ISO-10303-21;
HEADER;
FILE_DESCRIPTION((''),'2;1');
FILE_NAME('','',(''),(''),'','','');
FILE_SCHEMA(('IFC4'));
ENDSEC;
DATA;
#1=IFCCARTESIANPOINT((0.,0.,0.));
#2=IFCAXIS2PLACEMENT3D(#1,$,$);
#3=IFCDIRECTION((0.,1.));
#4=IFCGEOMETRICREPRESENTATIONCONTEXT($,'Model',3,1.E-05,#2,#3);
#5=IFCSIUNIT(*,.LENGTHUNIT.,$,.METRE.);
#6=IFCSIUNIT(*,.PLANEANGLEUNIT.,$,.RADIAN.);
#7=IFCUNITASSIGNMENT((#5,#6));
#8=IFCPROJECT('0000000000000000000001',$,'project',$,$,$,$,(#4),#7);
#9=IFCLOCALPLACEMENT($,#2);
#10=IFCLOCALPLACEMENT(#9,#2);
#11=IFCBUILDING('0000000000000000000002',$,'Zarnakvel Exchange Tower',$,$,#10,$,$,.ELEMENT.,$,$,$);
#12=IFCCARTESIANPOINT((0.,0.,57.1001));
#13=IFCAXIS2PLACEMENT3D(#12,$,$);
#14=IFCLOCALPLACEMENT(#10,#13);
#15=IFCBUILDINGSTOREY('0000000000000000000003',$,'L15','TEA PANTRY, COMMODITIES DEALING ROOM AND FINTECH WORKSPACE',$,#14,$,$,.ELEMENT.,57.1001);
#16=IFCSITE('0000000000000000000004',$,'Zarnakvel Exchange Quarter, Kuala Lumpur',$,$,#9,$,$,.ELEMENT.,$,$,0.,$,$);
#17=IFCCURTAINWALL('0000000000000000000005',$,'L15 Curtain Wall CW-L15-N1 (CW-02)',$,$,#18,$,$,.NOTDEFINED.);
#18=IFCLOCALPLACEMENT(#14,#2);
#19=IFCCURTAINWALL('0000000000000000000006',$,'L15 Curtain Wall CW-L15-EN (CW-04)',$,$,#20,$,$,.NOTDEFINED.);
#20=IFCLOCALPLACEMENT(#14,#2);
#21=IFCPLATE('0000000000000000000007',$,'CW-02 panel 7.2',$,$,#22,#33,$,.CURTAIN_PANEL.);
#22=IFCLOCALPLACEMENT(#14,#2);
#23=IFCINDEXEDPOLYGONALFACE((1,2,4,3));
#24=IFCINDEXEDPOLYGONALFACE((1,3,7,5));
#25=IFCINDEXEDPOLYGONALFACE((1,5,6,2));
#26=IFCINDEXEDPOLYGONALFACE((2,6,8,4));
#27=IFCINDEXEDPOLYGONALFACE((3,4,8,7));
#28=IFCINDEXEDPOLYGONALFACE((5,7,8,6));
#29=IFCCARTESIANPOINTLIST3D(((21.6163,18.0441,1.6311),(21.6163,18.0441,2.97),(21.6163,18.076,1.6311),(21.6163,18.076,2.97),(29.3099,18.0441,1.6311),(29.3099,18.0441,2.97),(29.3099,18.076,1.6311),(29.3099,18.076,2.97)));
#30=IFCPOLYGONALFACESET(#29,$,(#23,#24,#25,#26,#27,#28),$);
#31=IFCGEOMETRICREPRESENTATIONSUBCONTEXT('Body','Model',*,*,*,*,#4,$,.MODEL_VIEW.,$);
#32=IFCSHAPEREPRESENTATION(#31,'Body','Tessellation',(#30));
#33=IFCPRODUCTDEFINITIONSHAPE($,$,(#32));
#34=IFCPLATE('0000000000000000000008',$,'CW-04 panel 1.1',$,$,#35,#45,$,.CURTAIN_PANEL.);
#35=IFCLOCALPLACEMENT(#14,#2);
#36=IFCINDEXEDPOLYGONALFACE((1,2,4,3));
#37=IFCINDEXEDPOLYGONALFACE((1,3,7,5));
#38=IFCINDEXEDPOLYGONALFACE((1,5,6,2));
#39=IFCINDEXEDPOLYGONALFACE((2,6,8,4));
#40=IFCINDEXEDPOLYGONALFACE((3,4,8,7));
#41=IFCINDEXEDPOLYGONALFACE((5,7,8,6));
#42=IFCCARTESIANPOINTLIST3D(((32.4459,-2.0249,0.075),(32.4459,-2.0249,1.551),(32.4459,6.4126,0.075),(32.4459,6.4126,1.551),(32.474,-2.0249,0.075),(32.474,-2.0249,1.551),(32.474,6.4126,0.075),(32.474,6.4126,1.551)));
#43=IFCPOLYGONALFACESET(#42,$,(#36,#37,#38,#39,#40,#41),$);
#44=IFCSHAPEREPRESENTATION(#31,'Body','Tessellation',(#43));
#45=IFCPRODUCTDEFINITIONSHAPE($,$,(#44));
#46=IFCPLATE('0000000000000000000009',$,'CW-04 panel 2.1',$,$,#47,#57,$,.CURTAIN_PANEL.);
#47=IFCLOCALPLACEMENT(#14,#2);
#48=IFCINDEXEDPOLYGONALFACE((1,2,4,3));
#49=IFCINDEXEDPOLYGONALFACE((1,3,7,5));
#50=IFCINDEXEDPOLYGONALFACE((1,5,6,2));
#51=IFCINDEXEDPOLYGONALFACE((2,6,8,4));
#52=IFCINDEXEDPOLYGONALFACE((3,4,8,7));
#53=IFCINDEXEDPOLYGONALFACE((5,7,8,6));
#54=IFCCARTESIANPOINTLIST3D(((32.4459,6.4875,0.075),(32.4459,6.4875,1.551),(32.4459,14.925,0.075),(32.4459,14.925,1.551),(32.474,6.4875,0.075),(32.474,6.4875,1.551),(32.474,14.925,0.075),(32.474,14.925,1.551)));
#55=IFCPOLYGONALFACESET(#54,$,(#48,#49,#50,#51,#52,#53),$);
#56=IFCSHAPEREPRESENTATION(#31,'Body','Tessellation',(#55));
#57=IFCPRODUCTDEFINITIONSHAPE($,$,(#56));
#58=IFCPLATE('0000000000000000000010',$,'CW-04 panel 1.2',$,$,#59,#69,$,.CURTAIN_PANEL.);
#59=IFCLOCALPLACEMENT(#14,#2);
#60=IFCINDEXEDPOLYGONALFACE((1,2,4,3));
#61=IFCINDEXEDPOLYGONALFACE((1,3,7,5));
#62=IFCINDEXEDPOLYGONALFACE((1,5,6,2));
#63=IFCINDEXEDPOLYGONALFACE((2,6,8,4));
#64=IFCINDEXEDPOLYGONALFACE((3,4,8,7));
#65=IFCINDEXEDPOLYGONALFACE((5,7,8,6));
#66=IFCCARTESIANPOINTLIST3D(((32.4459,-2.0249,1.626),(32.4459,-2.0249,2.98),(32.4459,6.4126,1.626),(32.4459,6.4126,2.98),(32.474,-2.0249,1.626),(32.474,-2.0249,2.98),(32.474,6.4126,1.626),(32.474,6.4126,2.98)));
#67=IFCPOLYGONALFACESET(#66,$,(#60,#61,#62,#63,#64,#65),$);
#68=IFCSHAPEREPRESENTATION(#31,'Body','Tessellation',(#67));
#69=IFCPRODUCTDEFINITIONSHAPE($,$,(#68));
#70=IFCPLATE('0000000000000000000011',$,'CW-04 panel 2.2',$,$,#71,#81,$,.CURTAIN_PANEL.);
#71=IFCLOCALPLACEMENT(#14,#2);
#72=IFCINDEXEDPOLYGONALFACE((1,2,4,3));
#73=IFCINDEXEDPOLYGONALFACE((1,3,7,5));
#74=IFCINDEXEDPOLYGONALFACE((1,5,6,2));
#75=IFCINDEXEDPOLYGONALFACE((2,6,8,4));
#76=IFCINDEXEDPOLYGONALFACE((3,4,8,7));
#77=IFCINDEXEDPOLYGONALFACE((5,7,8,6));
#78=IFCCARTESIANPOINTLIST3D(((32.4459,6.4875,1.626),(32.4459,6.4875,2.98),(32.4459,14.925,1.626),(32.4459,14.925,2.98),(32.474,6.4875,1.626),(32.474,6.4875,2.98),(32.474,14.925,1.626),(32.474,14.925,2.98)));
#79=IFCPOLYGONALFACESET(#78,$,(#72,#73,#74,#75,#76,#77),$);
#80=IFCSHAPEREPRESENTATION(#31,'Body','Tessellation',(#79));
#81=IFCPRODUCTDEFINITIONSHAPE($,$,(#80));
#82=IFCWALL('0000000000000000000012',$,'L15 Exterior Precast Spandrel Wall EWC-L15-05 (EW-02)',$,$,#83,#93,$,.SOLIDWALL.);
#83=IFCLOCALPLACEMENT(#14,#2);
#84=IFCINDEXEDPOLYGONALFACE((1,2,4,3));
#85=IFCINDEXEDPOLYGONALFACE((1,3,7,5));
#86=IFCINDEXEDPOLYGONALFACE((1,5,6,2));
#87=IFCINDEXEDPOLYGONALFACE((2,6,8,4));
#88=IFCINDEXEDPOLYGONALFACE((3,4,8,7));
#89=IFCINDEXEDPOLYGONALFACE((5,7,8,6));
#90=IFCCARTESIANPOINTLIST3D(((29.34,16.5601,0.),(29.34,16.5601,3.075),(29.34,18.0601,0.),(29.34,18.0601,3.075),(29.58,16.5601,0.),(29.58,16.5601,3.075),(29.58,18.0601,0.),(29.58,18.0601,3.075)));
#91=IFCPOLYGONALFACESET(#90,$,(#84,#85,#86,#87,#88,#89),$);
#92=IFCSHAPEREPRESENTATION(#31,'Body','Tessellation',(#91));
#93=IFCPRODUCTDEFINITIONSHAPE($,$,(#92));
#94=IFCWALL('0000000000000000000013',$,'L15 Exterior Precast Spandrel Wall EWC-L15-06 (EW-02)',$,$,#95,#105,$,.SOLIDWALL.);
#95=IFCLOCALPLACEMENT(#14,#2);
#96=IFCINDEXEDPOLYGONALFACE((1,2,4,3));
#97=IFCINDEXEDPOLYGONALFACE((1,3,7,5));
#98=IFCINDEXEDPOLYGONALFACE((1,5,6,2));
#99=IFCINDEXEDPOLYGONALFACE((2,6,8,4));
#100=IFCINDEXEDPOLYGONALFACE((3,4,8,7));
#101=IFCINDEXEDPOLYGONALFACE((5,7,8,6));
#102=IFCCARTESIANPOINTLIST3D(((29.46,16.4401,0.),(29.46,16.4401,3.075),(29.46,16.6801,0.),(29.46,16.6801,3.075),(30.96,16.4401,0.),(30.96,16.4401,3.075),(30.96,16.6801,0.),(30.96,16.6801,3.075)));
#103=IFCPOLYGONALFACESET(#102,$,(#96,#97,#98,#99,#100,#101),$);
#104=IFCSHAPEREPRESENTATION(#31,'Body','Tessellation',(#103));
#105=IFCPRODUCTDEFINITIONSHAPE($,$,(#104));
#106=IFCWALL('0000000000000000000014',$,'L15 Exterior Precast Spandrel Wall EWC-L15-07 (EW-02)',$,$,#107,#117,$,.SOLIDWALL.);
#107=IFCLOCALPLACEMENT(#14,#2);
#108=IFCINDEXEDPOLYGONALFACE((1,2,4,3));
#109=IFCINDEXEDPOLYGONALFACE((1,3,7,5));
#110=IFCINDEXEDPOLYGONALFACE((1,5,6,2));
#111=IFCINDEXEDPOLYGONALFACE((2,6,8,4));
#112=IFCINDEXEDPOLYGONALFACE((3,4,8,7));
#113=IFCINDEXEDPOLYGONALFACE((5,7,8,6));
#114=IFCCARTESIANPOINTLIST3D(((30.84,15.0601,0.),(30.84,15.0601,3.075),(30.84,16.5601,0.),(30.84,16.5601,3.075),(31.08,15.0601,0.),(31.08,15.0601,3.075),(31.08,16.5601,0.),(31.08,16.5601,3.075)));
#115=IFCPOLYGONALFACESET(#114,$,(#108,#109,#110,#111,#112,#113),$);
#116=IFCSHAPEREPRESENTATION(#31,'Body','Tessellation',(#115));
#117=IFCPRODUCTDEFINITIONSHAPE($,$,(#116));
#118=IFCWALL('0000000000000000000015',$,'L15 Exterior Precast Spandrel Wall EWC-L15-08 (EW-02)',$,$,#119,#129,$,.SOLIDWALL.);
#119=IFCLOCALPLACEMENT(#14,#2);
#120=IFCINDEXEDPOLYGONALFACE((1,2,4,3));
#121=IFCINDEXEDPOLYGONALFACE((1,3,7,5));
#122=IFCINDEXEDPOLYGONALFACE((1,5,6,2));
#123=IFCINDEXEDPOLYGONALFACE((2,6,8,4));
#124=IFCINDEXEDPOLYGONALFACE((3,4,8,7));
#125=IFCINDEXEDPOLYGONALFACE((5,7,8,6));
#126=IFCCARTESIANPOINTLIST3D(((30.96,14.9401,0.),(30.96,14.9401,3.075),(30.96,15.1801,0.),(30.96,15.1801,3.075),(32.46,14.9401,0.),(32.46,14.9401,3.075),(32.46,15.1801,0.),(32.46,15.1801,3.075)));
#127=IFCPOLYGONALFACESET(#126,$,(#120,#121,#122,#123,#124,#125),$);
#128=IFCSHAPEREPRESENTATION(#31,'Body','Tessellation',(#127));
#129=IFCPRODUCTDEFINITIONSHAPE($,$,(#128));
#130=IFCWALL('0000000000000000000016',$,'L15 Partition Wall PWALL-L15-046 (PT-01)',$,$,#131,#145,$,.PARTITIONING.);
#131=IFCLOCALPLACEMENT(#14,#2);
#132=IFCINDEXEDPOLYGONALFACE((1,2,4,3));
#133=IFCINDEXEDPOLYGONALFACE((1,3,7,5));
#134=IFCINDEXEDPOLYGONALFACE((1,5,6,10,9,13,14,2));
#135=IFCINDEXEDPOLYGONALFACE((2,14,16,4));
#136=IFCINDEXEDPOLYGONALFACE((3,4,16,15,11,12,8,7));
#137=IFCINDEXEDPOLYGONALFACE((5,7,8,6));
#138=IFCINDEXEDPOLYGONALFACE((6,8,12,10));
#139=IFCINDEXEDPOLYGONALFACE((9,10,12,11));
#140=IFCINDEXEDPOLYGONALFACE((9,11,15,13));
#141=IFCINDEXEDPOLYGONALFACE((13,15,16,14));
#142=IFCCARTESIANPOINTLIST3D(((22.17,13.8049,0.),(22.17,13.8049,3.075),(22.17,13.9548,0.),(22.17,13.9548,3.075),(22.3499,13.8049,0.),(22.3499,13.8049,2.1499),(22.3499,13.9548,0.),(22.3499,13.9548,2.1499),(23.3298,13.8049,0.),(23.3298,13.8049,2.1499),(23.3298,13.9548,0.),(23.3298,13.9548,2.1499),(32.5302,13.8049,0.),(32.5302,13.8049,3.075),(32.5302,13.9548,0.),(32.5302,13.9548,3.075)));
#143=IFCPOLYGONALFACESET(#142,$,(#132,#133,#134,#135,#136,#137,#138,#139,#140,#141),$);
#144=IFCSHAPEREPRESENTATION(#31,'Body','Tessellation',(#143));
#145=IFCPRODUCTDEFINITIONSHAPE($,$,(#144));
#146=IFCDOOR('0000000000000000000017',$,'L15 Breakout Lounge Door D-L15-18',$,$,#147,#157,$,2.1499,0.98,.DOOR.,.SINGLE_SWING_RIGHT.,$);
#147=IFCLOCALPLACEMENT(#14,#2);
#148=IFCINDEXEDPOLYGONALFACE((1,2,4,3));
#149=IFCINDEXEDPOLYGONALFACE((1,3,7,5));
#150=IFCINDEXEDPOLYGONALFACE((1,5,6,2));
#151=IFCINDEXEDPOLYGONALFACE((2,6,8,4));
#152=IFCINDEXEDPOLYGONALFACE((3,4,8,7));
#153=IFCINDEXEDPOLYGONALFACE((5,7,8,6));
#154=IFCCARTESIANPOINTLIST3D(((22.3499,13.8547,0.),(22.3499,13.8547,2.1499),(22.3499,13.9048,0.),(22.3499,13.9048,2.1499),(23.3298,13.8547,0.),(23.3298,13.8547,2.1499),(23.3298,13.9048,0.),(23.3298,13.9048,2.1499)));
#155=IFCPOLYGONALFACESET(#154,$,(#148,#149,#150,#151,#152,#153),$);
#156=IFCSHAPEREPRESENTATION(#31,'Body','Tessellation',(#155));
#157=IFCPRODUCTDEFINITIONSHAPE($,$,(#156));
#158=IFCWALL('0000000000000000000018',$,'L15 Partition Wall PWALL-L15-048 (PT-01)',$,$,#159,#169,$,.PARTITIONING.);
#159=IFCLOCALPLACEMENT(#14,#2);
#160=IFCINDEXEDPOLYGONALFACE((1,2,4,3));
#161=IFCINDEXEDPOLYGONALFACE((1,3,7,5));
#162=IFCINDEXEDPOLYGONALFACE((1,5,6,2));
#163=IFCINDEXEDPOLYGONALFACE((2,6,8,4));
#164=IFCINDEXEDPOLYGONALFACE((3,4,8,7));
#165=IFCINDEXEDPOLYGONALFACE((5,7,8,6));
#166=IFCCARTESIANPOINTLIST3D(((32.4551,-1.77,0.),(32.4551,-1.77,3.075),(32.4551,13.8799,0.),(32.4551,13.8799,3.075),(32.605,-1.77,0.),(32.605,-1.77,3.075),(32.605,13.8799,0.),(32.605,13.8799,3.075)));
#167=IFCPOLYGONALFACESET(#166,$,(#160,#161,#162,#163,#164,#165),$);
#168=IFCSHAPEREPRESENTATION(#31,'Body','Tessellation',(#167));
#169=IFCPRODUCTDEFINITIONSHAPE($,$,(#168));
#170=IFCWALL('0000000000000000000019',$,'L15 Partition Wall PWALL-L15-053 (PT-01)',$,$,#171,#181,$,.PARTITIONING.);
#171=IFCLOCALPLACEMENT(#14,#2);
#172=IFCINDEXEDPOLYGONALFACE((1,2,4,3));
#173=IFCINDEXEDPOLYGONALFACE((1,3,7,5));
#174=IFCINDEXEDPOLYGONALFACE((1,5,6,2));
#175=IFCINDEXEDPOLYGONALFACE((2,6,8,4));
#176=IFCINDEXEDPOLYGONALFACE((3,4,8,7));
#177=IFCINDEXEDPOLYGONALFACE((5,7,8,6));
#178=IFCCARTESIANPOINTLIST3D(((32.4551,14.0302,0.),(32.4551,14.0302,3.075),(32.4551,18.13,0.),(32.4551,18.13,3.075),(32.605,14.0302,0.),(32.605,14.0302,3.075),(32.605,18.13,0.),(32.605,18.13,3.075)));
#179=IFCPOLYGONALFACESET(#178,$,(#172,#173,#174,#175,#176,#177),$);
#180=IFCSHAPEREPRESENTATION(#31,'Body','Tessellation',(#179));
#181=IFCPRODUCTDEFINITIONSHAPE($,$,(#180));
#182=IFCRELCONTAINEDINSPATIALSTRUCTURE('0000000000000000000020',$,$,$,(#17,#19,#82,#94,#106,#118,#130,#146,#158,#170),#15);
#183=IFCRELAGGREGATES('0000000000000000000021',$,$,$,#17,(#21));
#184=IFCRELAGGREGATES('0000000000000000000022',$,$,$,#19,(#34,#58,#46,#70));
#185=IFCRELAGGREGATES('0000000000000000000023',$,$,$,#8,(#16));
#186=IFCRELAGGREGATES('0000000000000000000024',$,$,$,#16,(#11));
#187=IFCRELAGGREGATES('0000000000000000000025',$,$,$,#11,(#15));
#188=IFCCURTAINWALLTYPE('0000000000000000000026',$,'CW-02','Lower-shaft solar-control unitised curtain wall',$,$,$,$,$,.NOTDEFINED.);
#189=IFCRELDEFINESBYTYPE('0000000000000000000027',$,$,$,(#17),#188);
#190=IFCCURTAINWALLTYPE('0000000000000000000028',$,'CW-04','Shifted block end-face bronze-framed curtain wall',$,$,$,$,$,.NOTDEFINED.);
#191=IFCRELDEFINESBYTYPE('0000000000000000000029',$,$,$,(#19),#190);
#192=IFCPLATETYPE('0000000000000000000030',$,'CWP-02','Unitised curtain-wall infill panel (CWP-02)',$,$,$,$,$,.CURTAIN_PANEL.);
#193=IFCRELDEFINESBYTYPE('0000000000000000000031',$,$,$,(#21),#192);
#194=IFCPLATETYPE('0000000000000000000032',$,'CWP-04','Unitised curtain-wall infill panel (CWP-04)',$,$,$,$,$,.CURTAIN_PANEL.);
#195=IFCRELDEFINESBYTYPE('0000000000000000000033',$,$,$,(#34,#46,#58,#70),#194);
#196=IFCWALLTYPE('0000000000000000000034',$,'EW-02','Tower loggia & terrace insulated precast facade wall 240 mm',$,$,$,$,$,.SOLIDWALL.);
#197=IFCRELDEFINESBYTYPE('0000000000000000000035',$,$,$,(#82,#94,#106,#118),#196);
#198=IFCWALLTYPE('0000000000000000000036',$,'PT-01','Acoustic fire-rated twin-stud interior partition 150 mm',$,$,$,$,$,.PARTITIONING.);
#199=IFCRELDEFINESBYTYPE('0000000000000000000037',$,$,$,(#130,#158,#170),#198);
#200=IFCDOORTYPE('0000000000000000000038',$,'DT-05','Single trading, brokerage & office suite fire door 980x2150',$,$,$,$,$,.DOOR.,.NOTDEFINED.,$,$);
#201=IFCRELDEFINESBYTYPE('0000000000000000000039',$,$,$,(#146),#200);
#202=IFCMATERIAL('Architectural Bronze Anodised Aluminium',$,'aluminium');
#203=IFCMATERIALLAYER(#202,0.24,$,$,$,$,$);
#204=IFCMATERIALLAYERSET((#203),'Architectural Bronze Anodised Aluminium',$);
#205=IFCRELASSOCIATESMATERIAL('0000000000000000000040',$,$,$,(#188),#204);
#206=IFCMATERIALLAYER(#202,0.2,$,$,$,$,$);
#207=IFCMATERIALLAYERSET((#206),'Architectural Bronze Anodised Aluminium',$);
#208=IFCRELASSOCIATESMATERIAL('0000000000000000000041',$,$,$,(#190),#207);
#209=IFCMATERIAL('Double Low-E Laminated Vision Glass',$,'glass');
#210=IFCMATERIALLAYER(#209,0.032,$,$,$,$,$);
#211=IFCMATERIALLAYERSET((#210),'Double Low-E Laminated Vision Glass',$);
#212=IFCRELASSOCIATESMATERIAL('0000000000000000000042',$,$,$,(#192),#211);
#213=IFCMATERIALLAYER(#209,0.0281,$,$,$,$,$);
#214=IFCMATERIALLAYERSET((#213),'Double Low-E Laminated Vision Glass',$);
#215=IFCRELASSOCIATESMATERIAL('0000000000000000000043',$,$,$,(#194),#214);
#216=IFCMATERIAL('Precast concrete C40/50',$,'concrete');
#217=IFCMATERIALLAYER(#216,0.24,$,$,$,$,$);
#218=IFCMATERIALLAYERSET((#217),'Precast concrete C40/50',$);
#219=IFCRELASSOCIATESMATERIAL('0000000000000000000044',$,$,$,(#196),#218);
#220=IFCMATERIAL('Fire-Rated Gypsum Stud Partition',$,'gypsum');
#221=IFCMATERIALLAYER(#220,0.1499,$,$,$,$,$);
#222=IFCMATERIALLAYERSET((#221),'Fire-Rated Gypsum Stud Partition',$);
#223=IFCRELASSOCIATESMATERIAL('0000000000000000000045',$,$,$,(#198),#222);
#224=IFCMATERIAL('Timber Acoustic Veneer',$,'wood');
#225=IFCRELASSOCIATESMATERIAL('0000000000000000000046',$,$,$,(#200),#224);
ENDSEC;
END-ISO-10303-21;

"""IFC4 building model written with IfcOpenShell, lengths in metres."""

from ifc_helpers import new_model, si_unit, direction, frame, frame_2d, origin, origin_2d, place, context, subcontext, project, spatial, rectangle, extrude, source, transform, mapped, material, layer, layer_set, type_object, element, fill, aggregate, save


model = new_model("IFC4")

# Units and contexts
model_context = context("Model", 3, precision=1e-05, world=origin(), true_north=direction((0.0, 1.0)))
body_context = subcontext(model_context, "Body", "Model", "MODEL_VIEW")
ifc_project = project(units=[si_unit("LENGTHUNIT", "METRE"), si_unit("PLANEANGLEUNIT", "RADIAN")], contexts=[model_context])

# Site, building, storey
site_placement = place(None, origin())
site = spatial("IfcSite", under=ifc_project, at=site_placement, Name="Zarnakvel Exchange Quarter, Kuala Lumpur", CompositionType="ELEMENT", RefElevation=0.0)
building_placement = place(site_placement, origin())
building = spatial("IfcBuilding", under=site, at=building_placement, Name="Zarnakvel Exchange Tower", CompositionType="ELEMENT")
storey_placement = place(building_placement, frame((0.0, 0.0, 57.1001)))
storey = spatial("IfcBuildingStorey", under=building, at=storey_placement, Name="L15", Description="TEA PANTRY, COMMODITIES DEALING ROOM AND FINTECH WORKSPACE", CompositionType="ELEMENT", Elevation=57.1001)

# Curtain walls
ifc_material_1 = material(Name="Architectural Bronze Anodised Aluminium", Category="aluminium")
ifc_layer_1 = layer(ifc_material_1, 0.24)
ifc_layer_set_1 = layer_set([ifc_layer_1], Name="Architectural Bronze Anodised Aluminium")
curtain_wall_type_1 = type_object("IfcCurtainWallType", Name="CW-02", Description="Lower-shaft solar-control unitised curtain wall", PredefinedType="NOTDEFINED", material=ifc_layer_set_1)
curtain_wall_1_placement = place(storey_placement, origin())
curtain_wall_1 = element("IfcCurtainWall", 1, at=curtain_wall_1_placement, inside=storey, type_object=curtain_wall_type_1, Name="L15 Curtain Wall CW-L15-N1 (CW-02)", PredefinedType="NOTDEFINED")
ifc_layer_2 = layer(ifc_material_1, 0.2)
ifc_layer_set_2 = layer_set([ifc_layer_2], Name="Architectural Bronze Anodised Aluminium")
curtain_wall_type_2 = type_object("IfcCurtainWallType", Name="CW-04", Description="Shifted block end-face bronze-framed curtain wall", PredefinedType="NOTDEFINED", material=ifc_layer_set_2)
curtain_wall_2_placement = place(storey_placement, origin())
curtain_wall_2 = element("IfcCurtainWall", 2, at=curtain_wall_2_placement, inside=storey, type_object=curtain_wall_type_2, Name="L15 Curtain Wall CW-L15-EN (CW-04)", PredefinedType="NOTDEFINED")

# Plates
ifc_material_2 = material(Name="Double Low-E Laminated Vision Glass", Category="glass")
ifc_layer_3 = layer(ifc_material_2, 0.032)
ifc_layer_set_3 = layer_set([ifc_layer_3], Name="Double Low-E Laminated Vision Glass")
plate_type_1 = type_object("IfcPlateType", Name="CWP-02", Description="Unitised curtain-wall infill panel (CWP-02)", PredefinedType="CURTAIN_PANEL", material=ifc_layer_set_3)
shared_shape_1 = source(origin(), body_context, "Body", "SweptSolid", [
    extrude(rectangle(XDim=7.6936, YDim=0.032, at=origin_2d()), origin(), (0.0, 0.0, 1.0), 1.3389),
])
plate_1_placement = place(storey_placement, frame((25.4631, 18.0601, 1.6311), z_axis=(0.0, 0.0, 1.0), x_axis=(1.0, 0.0, 0.0)))
plate_1 = element("IfcPlate", 3, at=plate_1_placement, type_object=plate_type_1, Name="CW-02 panel 7.2", PredefinedType="CURTAIN_PANEL", context=body_context, shape_type="MappedRepresentation", body=[
    mapped(shared_shape_1, transform((0.0, 0.0, 0.0), x_axis=(1.0, 0.0, 0.0), y_axis=(0.0, 1.0, 0.0), z_axis=(0.0, 0.0, 1.0), scale=1.0)),
])
aggregate(curtain_wall_1, [plate_1])
ifc_layer_4 = layer(ifc_material_2, 0.0281)
ifc_layer_set_4 = layer_set([ifc_layer_4], Name="Double Low-E Laminated Vision Glass")
plate_type_2 = type_object("IfcPlateType", Name="CWP-04", Description="Unitised curtain-wall infill panel (CWP-04)", PredefinedType="CURTAIN_PANEL", material=ifc_layer_set_4)
shared_shape_2 = source(origin(), body_context, "Body", "SweptSolid", [
    extrude(rectangle(XDim=8.4375, YDim=0.0281, at=origin_2d()), origin(), (0.0, 0.0, 1.0), 1.4761),
])
plate_2_placement = place(storey_placement, frame((32.46, 2.1938, 0.075), z_axis=(0.0, 0.0, 1.0), x_axis=(0.0, 1.0, 0.0)))
plate_2 = element("IfcPlate", 4, at=plate_2_placement, type_object=plate_type_2, Name="CW-04 panel 1.1", PredefinedType="CURTAIN_PANEL", context=body_context, shape_type="MappedRepresentation", body=[
    mapped(shared_shape_2, transform((0.0, 0.0, 0.0), x_axis=(1.0, 0.0, 0.0), y_axis=(0.0, 1.0, 0.0), z_axis=(0.0, 0.0, 1.0), scale=1.0)),
])
plate_3_placement = place(storey_placement, frame((32.46, 10.7063, 0.075), z_axis=(0.0, 0.0, 1.0), x_axis=(0.0, 1.0, 0.0)))
plate_3 = element("IfcPlate", 5, at=plate_3_placement, type_object=plate_type_2, Name="CW-04 panel 2.1", PredefinedType="CURTAIN_PANEL", context=body_context, shape_type="MappedRepresentation", body=[
    mapped(shared_shape_2, transform((0.0, 0.0, 0.0), x_axis=(1.0, 0.0, 0.0), y_axis=(0.0, 1.0, 0.0), z_axis=(0.0, 0.0, 1.0), scale=1.0)),
])
shared_shape_3 = source(origin(), body_context, "Body", "SweptSolid", [
    extrude(rectangle(XDim=8.4375, YDim=0.0281, at=origin_2d()), origin(), (0.0, 0.0, 1.0), 1.354),
])
plate_4_placement = place(storey_placement, frame((32.46, 2.1938, 1.626), z_axis=(0.0, 0.0, 1.0), x_axis=(0.0, 1.0, 0.0)))
plate_4 = element("IfcPlate", 6, at=plate_4_placement, type_object=plate_type_2, Name="CW-04 panel 1.2", PredefinedType="CURTAIN_PANEL", context=body_context, shape_type="MappedRepresentation", body=[
    mapped(shared_shape_3, transform((0.0, 0.0, 0.0), x_axis=(1.0, 0.0, 0.0), y_axis=(0.0, 1.0, 0.0), z_axis=(0.0, 0.0, 1.0), scale=1.0)),
])
plate_5_placement = place(storey_placement, frame((32.46, 10.7063, 1.626), z_axis=(0.0, 0.0, 1.0), x_axis=(0.0, 1.0, 0.0)))
plate_5 = element("IfcPlate", 7, at=plate_5_placement, type_object=plate_type_2, Name="CW-04 panel 2.2", PredefinedType="CURTAIN_PANEL", context=body_context, shape_type="MappedRepresentation", body=[
    mapped(shared_shape_3, transform((0.0, 0.0, 0.0), x_axis=(1.0, 0.0, 0.0), y_axis=(0.0, 1.0, 0.0), z_axis=(0.0, 0.0, 1.0), scale=1.0)),
])
aggregate(curtain_wall_2, [plate_2, plate_4, plate_3, plate_5])

# Walls
ifc_material_3 = material(Name="Precast concrete C40/50", Category="concrete")
ifc_layer_5 = layer(ifc_material_3, 0.24)
ifc_layer_set_5 = layer_set([ifc_layer_5], Name="Precast concrete C40/50")
wall_type_1 = type_object("IfcWallType", Name="EW-02", Description="Tower loggia & terrace insulated precast facade wall 240 mm", PredefinedType="SOLIDWALL", material=ifc_layer_set_5)
for number, where, z_axis, x_axis, name in (
    (8, (29.46, 16.5601, 0.0), (0.0, 0.0, 1.0), (0.0, 1.0, 0.0), "L15 Exterior Precast Spandrel Wall EWC-L15-05 (EW-02)"),
    (9, (30.96, 16.5601, 0.0), (0.0, 0.0, 1.0), (-1.0, 0.0, 0.0), "L15 Exterior Precast Spandrel Wall EWC-L15-06 (EW-02)"),
    (10, (30.96, 15.0601, 0.0), (0.0, 0.0, 1.0), (0.0, 1.0, 0.0), "L15 Exterior Precast Spandrel Wall EWC-L15-07 (EW-02)"),
    (11, (32.46, 15.0601, 0.0), (0.0, 0.0, 1.0), (-1.0, 0.0, 0.0), "L15 Exterior Precast Spandrel Wall EWC-L15-08 (EW-02)"),
):
    element("IfcWall", number, at=place(storey_placement, frame(where, z_axis=z_axis, x_axis=x_axis)), inside=storey, type_object=wall_type_1, Name=name, PredefinedType="SOLIDWALL", context=body_context, shape_type="SweptSolid", body=[
        extrude(rectangle(XDim=1.5, YDim=0.24, at=frame_2d((0.75, 0.0))), origin(), (0.0, 0.0, 1.0), 3.075),
    ])

# Wall, opening, door
ifc_material_4 = material(Name="Fire-Rated Gypsum Stud Partition", Category="gypsum")
ifc_layer_6 = layer(ifc_material_4, 0.1499)
ifc_layer_set_6 = layer_set([ifc_layer_6], Name="Fire-Rated Gypsum Stud Partition")
wall_type_2 = type_object("IfcWallType", Name="PT-01", Description="Acoustic fire-rated twin-stud interior partition 150 mm", PredefinedType="PARTITIONING", material=ifc_layer_set_6)
wall_1_placement = place(storey_placement, frame((22.1699, 13.8799, 0.0), z_axis=(0.0, 0.0, 1.0), x_axis=(1.0, 0.0, 0.0)))
wall_1 = element("IfcWall", 12, at=wall_1_placement, inside=storey, type_object=wall_type_2, Name="L15 Partition Wall PWALL-L15-046 (PT-01)", PredefinedType="PARTITIONING", context=body_context, shape_type="SweptSolid", body=[
    extrude(rectangle(XDim=10.3601, YDim=0.1499, at=frame_2d((5.1802, 0.0))), origin(), (0.0, 0.0, 1.0), 3.075),
])
opening_placement = place(wall_1_placement, frame((0.1799, 0.0, 0.0)))
opening = element("IfcOpeningElement", 13, at=opening_placement, cuts=wall_1, PredefinedType="OPENING", context=body_context, shape_type="SweptSolid", body=[
    extrude(rectangle(XDim=0.98, YDim=2.1499, at=frame_2d((0.49, 1.075))), frame((0.0, 0.085, 0.0), z_axis=(0.0, -1.0, 0.0), x_axis=(1.0, 0.0, 0.0)), (0.0, 0.0, 1.0), 0.1699),
])
ifc_material_5 = material(Name="Timber Acoustic Veneer", Category="wood")
door_type = type_object("IfcDoorType", Name="DT-05", Description="Single trading, brokerage & office suite fire door 980x2150", OperationType="NOTDEFINED", PredefinedType="DOOR", material=ifc_material_5)
shared_shape_4 = source(origin(), body_context, "Body", "SweptSolid", [
    extrude(rectangle(XDim=0.98, YDim=2.1499, at=frame_2d((0.49, 1.075))), frame((0.0, 0.0249, 0.0), z_axis=(0.0, -1.0, 0.0), x_axis=(1.0, 0.0, 0.0)), (0.0, 0.0, 1.0), 0.05),
])
door_placement = place(opening_placement, origin())
door = element("IfcDoor", 14, at=door_placement, inside=storey, type_object=door_type, Name="L15 Breakout Lounge Door D-L15-18", OperationType="SINGLE_SWING_RIGHT", OverallHeight=2.1499, OverallWidth=0.98, PredefinedType="DOOR", context=body_context, shape_type="MappedRepresentation", body=[
    mapped(shared_shape_4, transform((0.0, 0.0, 0.0), x_axis=(1.0, 0.0, 0.0), y_axis=(0.0, 1.0, 0.0), z_axis=(0.0, 0.0, 1.0), scale=1.0)),
])
fill(opening, door)

# Walls
wall_2_placement = place(storey_placement, frame((32.53, 13.8799, 0.0), z_axis=(0.0, 0.0, 1.0), x_axis=(0.0, -1.0, 0.0)))
element("IfcWall", 15, at=wall_2_placement, inside=storey, type_object=wall_type_2, Name="L15 Partition Wall PWALL-L15-048 (PT-01)", PredefinedType="PARTITIONING", context=body_context, shape_type="SweptSolid", body=[
    extrude(rectangle(XDim=15.6499, YDim=0.1499, at=frame_2d((7.825, 0.0))), origin(), (0.0, 0.0, 1.0), 3.075),
])
wall_3_placement = place(storey_placement, frame((32.53, 18.1299, 0.0), z_axis=(0.0, 0.0, 1.0), x_axis=(0.0, -1.0, 0.0)))
element("IfcWall", 16, at=wall_3_placement, inside=storey, type_object=wall_type_2, Name="L15 Partition Wall PWALL-L15-053 (PT-01)", PredefinedType="PARTITIONING", context=body_context, shape_type="SweptSolid", body=[
    extrude(rectangle(XDim=4.0999, YDim=0.1499, at=frame_2d((2.0498, 0.0))), origin(), (0.0, 0.0, 1.0), 3.075),
])

save(model, "model.ifc")
